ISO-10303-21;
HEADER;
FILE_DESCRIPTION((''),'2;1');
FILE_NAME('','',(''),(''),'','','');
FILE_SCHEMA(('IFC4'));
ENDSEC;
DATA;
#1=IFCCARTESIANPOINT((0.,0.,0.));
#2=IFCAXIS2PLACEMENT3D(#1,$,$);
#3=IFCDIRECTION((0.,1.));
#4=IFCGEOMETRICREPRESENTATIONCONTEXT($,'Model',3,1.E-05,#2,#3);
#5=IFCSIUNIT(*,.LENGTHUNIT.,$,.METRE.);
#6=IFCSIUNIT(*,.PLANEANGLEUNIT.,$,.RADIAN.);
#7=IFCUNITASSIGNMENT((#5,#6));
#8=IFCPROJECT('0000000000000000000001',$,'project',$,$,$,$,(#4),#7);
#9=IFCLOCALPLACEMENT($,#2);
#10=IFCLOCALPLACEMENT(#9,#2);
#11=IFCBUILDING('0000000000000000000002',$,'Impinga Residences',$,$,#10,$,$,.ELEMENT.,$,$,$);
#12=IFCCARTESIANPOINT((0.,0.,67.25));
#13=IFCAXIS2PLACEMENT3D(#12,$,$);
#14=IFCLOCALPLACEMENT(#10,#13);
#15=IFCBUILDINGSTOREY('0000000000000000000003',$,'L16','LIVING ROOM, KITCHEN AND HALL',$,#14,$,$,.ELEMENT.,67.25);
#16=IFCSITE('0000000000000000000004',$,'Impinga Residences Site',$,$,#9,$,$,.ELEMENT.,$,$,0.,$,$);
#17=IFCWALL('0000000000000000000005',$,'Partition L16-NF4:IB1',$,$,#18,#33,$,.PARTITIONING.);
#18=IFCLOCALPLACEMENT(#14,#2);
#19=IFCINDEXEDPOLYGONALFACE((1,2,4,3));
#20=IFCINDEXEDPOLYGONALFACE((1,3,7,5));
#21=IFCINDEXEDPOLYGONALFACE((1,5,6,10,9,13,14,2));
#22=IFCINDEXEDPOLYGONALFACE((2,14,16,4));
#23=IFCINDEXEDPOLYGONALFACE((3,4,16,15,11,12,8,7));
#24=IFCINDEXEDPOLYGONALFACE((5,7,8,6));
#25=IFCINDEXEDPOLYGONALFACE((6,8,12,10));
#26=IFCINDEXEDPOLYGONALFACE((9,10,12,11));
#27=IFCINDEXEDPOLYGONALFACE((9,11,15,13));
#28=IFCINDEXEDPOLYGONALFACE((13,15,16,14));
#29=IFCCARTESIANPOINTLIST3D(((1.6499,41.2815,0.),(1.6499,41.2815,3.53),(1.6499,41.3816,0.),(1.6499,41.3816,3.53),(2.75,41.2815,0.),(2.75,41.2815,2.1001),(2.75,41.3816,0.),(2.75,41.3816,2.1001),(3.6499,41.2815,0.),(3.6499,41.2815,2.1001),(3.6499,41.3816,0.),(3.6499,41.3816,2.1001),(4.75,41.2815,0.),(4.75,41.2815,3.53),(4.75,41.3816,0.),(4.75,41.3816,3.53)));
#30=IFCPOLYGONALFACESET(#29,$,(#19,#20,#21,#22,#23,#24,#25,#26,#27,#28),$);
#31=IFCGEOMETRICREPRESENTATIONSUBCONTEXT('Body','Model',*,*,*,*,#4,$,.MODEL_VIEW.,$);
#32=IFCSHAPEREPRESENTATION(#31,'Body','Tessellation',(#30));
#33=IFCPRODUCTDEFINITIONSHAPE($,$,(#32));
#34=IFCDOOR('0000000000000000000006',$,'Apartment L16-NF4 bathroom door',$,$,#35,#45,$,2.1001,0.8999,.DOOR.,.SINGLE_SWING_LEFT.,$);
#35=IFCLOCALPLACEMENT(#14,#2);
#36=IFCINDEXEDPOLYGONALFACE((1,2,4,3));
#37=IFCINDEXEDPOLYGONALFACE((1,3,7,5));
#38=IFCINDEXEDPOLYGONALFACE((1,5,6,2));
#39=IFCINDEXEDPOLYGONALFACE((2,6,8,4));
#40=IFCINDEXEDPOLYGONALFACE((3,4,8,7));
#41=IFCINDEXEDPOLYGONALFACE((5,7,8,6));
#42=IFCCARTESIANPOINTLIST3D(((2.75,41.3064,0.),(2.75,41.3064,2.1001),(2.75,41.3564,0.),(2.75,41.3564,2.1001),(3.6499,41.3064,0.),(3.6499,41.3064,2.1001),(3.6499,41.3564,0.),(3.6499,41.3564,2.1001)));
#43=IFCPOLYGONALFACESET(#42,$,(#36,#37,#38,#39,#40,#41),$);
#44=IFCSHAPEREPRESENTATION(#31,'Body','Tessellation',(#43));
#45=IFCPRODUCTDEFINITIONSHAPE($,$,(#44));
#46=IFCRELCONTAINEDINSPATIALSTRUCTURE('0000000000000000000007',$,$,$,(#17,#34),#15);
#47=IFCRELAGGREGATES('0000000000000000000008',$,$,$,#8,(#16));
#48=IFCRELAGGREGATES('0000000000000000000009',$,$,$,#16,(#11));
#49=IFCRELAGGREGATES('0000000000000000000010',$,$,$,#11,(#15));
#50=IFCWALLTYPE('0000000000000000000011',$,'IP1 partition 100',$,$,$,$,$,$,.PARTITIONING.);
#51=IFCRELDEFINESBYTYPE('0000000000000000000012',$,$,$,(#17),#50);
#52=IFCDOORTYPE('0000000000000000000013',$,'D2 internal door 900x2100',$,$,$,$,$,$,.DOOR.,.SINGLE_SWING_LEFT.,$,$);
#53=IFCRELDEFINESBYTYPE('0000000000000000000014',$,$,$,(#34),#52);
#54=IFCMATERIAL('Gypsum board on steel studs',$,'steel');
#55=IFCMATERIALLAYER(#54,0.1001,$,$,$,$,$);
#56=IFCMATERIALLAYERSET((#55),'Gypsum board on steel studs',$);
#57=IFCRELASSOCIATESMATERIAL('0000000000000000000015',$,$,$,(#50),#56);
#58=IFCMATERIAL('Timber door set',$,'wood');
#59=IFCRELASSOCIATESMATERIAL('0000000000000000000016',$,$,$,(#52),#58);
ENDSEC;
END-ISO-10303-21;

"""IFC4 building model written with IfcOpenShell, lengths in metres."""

from ifc_helpers import new_model, si_unit, direction, frame, frame_2d, origin, place, context, subcontext, project, spatial, rectangle, extrude, material, layer, layer_set, type_object, element, fill, save


model = new_model("IFC4")

# Units and contexts
model_context = context("Model", 3, precision=1e-05, world=origin(), true_north=direction((0.0, 1.0)))
body_context = subcontext(model_context, "Body", "Model", "MODEL_VIEW")
ifc_project = project(units=[si_unit("LENGTHUNIT", "METRE"), si_unit("PLANEANGLEUNIT", "RADIAN")], contexts=[model_context])

# Site, building, storey
site_placement = place(None, origin())
site = spatial("IfcSite", under=ifc_project, at=site_placement, Name="Impinga Residences Site", CompositionType="ELEMENT", RefElevation=0.0)
building_placement = place(site_placement, origin())
building = spatial("IfcBuilding", under=site, at=building_placement, Name="Impinga Residences", CompositionType="ELEMENT")
storey_placement = place(building_placement, frame((0.0, 0.0, 67.25)))
storey = spatial("IfcBuildingStorey", under=building, at=storey_placement, Name="L16", Description="LIVING ROOM, KITCHEN AND HALL", CompositionType="ELEMENT", Elevation=67.25)

# Shared definitions
ifc_material_1 = material(Name="Gypsum board on steel studs", Category="steel")
ifc_layer_1 = layer(ifc_material_1, 0.1001)
ifc_layer_set_1 = layer_set([ifc_layer_1], Name="Gypsum board on steel studs")
wall_type_1 = type_object("IfcWallType", Name="IP1 partition 100", PredefinedType="PARTITIONING", material=ifc_layer_set_1)

# Shared definitions
ifc_material_2 = material(Name="Timber door set", Category="wood")
door_type = type_object("IfcDoorType", Name="D2 internal door 900x2100", OperationType="SINGLE_SWING_LEFT", PredefinedType="DOOR", material=ifc_material_2)

# Wall, opening, door
wall_1_placement = place(storey_placement, frame((1.6499, 41.3315, 0.0), z_axis=(0.0, 0.0, 1.0), x_axis=(1.0, 0.0, 0.0)))
wall_1 = element("IfcWall", 1, at=wall_1_placement, inside=storey, type_object=wall_type_1, Name="Partition L16-NF4:IB1", PredefinedType="PARTITIONING", context=body_context, shape_type="SweptSolid", body=[
    extrude(rectangle(XDim=3.1001, YDim=0.1001, at=frame_2d((1.55, 0.0))), origin(), (0.0, 0.0, 1.0), 3.53),
])
opening_1_placement = place(wall_1_placement, frame((1.1001, 0.0, 0.0)))
opening_1 = element("IfcOpeningElement", 2, at=opening_1_placement, cuts=wall_1, PredefinedType="OPENING", context=body_context, shape_type="SweptSolid", body=[
    extrude(rectangle(XDim=0.8999, YDim=2.1001, at=frame_2d((0.45, 1.05))), frame((0.0, 0.0601, 0.0), z_axis=(0.0, -1.0, 0.0), x_axis=(1.0, 0.0, 0.0)), (0.0, 0.0, 1.0), 0.1201),
])
door_1_placement = place(opening_1_placement, origin())
door_1 = element("IfcDoor", 3, at=door_1_placement, inside=storey, type_object=door_type, Name="Apartment L16-NF4 bathroom door", OperationType="SINGLE_SWING_LEFT", OverallHeight=2.1001, OverallWidth=0.8999, PredefinedType="DOOR", context=body_context, shape_type="SweptSolid", body=[
    extrude(rectangle(XDim=0.8999, YDim=2.1001, at=frame_2d((0.45, 1.05))), frame((0.0, 0.0249, 0.0), z_axis=(0.0, -1.0, 0.0), x_axis=(1.0, 0.0, 0.0)), (0.0, 0.0, 1.0), 0.05),
])
fill(opening_1, door_1)

save(model, "model.ifc")
